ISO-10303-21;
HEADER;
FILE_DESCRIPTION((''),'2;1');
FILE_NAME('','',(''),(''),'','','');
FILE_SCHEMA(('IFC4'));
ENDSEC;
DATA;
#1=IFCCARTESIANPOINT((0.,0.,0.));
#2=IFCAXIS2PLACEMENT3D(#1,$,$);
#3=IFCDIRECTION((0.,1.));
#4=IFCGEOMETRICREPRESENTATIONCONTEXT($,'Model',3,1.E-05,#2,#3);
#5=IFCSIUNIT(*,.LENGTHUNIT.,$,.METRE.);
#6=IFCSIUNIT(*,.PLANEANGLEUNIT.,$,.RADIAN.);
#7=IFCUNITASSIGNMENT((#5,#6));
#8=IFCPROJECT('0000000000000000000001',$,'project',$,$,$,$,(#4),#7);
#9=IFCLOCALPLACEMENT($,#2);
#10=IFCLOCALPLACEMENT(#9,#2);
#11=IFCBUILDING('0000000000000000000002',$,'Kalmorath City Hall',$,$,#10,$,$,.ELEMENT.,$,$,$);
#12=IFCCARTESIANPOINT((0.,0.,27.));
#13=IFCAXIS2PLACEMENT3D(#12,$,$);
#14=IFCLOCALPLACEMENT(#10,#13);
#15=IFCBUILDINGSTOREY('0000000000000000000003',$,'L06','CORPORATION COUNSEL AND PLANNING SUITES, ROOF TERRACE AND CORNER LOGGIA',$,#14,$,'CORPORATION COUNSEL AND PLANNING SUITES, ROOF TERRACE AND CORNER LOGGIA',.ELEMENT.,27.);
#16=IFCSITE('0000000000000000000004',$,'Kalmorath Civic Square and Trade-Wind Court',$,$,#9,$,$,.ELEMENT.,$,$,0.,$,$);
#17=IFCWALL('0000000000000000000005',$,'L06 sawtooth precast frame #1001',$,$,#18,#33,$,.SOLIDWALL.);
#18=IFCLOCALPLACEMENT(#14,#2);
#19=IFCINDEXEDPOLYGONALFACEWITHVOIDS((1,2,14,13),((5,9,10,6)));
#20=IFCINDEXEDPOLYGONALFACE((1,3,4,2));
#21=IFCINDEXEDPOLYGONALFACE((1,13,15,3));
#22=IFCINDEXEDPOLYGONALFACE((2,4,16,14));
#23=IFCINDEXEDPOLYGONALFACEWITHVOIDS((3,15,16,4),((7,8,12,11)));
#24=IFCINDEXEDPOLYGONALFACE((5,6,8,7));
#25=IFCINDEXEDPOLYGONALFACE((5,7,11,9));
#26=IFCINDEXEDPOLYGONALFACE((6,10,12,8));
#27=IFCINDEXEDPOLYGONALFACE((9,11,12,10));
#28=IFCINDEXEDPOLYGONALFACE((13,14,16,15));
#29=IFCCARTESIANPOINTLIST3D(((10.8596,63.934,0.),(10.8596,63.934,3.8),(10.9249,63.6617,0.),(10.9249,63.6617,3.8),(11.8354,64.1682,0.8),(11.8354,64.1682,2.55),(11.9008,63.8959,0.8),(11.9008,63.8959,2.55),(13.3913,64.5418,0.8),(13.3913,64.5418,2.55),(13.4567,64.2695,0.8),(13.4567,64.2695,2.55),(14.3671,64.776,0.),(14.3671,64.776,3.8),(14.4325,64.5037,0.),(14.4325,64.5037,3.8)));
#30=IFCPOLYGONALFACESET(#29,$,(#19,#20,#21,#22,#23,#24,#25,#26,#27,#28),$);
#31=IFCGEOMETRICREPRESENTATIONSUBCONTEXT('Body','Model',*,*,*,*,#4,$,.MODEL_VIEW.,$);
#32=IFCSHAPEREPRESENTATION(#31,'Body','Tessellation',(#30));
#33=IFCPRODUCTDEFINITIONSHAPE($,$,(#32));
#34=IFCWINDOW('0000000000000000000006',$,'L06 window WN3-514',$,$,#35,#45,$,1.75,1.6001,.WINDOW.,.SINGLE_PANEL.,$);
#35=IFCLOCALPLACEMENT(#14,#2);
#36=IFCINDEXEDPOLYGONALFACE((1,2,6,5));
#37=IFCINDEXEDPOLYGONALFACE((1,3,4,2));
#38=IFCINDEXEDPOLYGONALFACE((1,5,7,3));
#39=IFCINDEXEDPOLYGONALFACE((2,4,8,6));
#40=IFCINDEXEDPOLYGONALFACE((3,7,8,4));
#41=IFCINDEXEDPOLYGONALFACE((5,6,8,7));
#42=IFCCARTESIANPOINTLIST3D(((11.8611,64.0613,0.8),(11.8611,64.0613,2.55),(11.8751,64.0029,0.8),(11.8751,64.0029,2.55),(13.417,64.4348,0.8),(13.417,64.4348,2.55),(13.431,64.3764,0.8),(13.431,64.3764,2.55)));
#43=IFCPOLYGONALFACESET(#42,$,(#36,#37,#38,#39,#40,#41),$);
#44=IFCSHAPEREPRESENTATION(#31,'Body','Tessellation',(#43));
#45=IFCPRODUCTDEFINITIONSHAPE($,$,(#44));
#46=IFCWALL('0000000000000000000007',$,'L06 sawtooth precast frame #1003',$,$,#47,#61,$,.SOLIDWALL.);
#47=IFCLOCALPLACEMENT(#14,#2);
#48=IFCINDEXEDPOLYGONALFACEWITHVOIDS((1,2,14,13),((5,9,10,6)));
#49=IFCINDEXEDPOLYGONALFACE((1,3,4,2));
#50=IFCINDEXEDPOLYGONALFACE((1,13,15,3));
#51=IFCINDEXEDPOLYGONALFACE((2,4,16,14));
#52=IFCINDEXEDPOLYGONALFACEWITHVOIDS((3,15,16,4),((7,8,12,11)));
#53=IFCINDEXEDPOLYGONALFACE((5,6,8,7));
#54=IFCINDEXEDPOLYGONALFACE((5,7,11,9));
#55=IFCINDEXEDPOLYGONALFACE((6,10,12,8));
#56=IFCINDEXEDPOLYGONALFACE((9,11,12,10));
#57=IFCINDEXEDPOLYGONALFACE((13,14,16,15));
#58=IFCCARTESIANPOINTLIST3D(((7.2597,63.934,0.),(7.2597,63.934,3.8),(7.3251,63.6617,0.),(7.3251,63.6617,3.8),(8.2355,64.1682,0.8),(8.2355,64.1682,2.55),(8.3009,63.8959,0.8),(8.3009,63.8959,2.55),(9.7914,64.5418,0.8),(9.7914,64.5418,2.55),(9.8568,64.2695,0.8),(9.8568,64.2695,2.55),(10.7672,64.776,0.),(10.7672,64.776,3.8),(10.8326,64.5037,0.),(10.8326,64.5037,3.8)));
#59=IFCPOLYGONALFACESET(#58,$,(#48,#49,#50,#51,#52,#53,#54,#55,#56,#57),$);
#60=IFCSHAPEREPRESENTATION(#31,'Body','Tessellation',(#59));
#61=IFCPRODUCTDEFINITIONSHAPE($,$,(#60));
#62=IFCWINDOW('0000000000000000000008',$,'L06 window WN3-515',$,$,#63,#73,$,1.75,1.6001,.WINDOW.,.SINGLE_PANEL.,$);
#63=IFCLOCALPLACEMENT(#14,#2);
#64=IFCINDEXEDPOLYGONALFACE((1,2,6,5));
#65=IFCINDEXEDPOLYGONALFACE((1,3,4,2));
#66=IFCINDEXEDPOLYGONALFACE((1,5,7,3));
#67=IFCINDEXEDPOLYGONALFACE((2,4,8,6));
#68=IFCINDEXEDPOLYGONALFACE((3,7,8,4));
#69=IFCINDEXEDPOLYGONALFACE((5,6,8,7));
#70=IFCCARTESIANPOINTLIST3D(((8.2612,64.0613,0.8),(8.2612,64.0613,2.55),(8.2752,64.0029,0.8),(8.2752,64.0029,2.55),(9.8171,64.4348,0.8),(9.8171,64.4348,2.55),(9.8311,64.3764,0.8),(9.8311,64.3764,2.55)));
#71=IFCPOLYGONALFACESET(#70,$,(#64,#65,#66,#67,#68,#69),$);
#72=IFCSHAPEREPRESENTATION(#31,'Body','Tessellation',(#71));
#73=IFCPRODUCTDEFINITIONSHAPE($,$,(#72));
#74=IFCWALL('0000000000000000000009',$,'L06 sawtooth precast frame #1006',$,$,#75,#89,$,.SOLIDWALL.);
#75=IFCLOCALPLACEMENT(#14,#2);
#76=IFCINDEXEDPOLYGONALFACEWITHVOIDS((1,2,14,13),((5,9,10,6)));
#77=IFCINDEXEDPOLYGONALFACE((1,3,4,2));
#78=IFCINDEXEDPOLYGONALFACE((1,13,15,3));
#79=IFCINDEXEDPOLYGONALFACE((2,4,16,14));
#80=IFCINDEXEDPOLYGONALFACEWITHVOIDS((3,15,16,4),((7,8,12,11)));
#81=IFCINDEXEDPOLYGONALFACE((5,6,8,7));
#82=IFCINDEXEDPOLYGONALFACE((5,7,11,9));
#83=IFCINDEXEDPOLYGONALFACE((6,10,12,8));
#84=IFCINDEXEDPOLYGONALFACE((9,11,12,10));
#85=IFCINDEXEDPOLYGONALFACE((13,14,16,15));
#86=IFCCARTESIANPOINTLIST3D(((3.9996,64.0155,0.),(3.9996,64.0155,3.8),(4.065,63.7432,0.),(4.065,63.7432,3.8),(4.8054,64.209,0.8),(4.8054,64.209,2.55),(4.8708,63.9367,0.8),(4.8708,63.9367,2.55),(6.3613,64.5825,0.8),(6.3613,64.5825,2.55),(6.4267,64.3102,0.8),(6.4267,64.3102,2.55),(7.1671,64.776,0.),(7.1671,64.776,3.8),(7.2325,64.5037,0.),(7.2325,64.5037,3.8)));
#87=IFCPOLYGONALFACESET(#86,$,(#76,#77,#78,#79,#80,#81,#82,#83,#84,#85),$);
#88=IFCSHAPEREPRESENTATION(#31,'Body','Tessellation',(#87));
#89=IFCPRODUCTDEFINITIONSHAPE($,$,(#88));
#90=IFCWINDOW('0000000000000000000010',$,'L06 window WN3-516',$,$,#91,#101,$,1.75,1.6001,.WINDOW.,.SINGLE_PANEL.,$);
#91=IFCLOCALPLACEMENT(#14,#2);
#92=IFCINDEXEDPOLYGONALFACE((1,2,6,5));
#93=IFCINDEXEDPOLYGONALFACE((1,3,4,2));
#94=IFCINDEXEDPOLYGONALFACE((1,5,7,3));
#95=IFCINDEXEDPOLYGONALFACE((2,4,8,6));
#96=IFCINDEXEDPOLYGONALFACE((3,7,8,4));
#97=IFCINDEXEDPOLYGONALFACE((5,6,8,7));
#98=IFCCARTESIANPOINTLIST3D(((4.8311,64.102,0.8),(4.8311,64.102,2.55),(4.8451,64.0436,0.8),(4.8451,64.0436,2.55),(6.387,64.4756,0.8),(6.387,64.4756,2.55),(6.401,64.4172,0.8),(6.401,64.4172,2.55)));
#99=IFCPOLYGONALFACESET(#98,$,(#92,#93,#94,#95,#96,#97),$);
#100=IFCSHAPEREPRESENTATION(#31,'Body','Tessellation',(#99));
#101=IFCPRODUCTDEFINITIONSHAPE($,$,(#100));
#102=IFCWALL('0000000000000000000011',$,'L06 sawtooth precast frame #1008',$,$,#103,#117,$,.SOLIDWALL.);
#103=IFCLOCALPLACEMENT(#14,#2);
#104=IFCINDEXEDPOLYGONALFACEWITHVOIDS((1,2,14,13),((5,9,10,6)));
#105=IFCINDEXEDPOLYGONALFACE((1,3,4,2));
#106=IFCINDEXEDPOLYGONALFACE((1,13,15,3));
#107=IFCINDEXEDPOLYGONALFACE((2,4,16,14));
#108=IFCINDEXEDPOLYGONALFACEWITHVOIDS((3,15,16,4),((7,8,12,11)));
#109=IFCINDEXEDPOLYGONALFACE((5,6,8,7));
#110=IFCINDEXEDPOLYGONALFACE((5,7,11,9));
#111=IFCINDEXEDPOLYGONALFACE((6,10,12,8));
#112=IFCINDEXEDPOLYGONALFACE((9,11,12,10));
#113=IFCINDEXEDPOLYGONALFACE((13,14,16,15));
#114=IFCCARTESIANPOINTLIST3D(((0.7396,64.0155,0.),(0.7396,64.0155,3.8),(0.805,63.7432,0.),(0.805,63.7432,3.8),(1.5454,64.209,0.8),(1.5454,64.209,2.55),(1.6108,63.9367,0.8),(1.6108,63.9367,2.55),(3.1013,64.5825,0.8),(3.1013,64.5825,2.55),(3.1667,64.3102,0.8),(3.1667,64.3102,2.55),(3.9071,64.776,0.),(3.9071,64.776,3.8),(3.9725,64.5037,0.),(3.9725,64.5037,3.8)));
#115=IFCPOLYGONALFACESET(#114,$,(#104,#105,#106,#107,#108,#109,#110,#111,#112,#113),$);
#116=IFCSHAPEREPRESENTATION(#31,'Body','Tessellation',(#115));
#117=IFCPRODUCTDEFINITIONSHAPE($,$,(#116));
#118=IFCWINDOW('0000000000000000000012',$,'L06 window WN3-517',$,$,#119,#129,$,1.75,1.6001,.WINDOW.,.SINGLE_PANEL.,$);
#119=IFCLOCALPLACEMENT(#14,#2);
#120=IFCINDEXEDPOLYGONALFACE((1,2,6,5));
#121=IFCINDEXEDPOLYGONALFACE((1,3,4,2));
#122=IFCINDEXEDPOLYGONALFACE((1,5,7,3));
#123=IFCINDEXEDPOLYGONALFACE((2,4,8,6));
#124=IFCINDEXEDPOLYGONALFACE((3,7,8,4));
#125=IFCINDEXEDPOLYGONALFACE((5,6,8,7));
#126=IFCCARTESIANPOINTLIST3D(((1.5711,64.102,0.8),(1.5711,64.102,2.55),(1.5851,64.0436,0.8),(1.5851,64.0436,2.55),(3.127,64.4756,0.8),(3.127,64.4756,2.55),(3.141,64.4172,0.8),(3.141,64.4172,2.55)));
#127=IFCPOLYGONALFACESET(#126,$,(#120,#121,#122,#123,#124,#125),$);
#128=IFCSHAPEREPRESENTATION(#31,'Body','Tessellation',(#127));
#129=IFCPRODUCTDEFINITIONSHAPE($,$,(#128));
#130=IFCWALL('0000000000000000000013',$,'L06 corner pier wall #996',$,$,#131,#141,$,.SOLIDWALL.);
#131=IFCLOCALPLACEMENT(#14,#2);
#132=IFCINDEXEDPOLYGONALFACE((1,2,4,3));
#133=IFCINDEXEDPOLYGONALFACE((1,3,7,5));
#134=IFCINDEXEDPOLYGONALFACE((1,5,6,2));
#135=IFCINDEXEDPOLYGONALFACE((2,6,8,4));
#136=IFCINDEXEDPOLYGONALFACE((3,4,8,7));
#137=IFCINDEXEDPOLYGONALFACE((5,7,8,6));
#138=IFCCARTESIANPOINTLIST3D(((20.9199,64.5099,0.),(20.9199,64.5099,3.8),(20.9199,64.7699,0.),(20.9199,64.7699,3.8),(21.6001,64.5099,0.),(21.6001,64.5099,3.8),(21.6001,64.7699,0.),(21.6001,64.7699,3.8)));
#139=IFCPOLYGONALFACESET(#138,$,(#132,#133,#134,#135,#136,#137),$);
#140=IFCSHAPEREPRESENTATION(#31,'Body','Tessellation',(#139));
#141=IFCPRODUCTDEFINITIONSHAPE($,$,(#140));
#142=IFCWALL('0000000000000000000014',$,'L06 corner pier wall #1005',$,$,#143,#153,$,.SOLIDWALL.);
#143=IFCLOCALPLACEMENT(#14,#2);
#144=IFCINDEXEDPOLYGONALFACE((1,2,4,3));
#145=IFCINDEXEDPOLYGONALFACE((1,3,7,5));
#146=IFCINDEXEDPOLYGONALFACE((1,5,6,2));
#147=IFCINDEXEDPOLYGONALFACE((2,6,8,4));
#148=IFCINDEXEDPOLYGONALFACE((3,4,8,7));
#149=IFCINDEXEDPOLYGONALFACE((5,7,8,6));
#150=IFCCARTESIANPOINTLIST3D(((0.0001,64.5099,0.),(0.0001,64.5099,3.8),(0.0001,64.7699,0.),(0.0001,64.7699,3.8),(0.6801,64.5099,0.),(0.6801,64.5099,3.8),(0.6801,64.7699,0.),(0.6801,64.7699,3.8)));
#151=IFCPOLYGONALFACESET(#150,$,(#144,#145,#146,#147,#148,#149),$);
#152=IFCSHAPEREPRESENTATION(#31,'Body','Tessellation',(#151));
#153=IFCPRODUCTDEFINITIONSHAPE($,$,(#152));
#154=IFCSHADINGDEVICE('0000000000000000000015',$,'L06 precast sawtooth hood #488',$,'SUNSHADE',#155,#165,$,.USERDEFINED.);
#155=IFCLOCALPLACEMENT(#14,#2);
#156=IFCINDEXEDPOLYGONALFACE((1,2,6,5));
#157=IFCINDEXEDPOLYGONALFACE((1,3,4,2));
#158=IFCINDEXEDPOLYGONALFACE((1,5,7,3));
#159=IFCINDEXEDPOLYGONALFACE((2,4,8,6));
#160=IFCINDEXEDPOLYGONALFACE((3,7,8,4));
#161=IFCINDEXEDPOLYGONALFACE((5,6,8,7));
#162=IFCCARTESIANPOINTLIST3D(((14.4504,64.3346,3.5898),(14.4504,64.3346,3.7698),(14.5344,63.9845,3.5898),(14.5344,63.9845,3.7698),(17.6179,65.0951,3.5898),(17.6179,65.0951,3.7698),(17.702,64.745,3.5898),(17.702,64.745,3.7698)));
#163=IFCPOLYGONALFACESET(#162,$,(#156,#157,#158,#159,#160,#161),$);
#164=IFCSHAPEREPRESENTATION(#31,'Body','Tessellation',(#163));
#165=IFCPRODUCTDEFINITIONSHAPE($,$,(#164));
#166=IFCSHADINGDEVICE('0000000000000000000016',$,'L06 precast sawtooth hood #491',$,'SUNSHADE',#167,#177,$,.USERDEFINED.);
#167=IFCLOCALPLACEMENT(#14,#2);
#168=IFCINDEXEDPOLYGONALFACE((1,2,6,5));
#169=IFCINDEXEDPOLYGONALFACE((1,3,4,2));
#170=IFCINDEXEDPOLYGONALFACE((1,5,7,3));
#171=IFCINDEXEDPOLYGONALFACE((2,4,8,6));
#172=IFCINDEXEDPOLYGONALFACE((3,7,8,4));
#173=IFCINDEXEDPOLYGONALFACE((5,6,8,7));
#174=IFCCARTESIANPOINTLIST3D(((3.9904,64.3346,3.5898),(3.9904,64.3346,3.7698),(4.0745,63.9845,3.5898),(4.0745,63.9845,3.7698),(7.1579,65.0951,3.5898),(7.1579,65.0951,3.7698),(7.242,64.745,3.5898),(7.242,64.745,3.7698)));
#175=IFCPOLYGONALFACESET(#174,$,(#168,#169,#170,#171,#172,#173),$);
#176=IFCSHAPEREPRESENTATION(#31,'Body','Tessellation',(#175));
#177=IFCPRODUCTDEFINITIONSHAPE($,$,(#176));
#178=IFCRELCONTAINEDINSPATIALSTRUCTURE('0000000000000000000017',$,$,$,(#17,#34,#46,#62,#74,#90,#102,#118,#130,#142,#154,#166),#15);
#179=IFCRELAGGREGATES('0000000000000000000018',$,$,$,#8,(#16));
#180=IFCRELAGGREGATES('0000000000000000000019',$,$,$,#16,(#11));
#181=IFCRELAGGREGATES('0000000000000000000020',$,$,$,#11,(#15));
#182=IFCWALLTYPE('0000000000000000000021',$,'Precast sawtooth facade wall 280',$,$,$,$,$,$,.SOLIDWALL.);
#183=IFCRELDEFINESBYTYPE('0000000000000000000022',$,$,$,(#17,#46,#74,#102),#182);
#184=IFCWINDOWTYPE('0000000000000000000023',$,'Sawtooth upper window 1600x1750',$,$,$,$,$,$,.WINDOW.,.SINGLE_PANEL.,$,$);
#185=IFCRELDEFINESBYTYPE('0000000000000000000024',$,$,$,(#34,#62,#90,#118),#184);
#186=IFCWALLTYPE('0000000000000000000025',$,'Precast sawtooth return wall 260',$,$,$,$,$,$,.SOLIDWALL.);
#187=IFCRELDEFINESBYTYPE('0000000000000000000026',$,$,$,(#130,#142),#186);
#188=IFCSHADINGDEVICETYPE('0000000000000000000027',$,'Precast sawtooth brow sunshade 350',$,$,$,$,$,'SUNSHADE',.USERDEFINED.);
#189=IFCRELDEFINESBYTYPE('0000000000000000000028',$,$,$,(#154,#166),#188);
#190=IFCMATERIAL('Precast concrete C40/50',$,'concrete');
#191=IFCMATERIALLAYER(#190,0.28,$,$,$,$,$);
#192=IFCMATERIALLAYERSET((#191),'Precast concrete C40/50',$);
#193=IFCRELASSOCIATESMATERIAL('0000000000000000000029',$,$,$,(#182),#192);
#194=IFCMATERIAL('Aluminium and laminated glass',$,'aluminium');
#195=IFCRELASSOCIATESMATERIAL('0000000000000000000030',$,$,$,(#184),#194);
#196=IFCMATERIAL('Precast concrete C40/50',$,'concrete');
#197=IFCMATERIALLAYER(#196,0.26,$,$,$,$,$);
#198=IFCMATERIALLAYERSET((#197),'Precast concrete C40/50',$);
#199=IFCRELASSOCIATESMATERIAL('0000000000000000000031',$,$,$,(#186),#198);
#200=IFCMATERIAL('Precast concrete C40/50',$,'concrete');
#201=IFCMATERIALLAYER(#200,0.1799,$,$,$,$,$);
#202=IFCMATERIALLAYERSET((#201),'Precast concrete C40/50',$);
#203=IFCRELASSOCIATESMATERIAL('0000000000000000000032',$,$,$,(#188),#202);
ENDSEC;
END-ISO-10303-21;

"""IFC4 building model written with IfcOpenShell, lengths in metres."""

from ifc_helpers import new_model, si_unit, direction, frame, frame_2d, origin, origin_2d, place, context, subcontext, project, spatial, rectangle, extrude, material, layer, layer_set, type_object, element, fill, save


model = new_model("IFC4")

# Units and contexts
model_context = context("Model", 3, precision=1e-05, world=origin(), true_north=direction((0.0, 1.0)))
body_context = subcontext(model_context, "Body", "Model", "MODEL_VIEW")
ifc_project = project(units=[si_unit("LENGTHUNIT", "METRE"), si_unit("PLANEANGLEUNIT", "RADIAN")], contexts=[model_context])

# Site, building, storey
site_placement = place(None, origin())
site = spatial("IfcSite", under=ifc_project, at=site_placement, Name="Kalmorath Civic Square and Trade-Wind Court", CompositionType="ELEMENT", RefElevation=0.0)
building_placement = place(site_placement, origin())
building = spatial("IfcBuilding", under=site, at=building_placement, Name="Kalmorath City Hall", CompositionType="ELEMENT")
storey_placement = place(building_placement, frame((0.0, 0.0, 27.0)))
storey = spatial("IfcBuildingStorey", under=building, at=storey_placement, Name="L06", Description="CORPORATION COUNSEL AND PLANNING SUITES, ROOF TERRACE AND CORNER LOGGIA", LongName="CORPORATION COUNSEL AND PLANNING SUITES, ROOF TERRACE AND CORNER LOGGIA", CompositionType="ELEMENT", Elevation=27.0)

# Walls, openings, windows
ifc_material_1 = material(Name="Precast concrete C40/50", Category="concrete")
ifc_layer_1 = layer(ifc_material_1, 0.28)
ifc_layer_set_1 = layer_set([ifc_layer_1], Name="Precast concrete C40/50")
wall_type_1 = type_object("IfcWallType", Name="Precast sawtooth facade wall 280", PredefinedType="SOLIDWALL", material=ifc_layer_set_1)
ifc_material_2 = material(Name="Aluminium and laminated glass", Category="aluminium")
window_type = type_object("IfcWindowType", Name="Sawtooth upper window 1600x1750", PartitioningType="SINGLE_PANEL", PredefinedType="WINDOW", material=ifc_material_2)
wall_1_placement = place(storey_placement, frame((14.3999, 64.6399, 0.0), z_axis=(0.0, 0.0, 1.0), x_axis=(-0.972373, -0.233432, 0.0)))
wall_1 = element("IfcWall", 1, at=wall_1_placement, inside=storey, type_object=wall_type_1, Name="L06 sawtooth precast frame #1001", PredefinedType="SOLIDWALL", context=body_context, shape_type="SweptSolid", body=[
    extrude(rectangle(XDim=3.6072, YDim=0.28, at=frame_2d((1.8037, 0.0))), origin(), (0.0, 0.0, 1.0), 3.8),
])
opening_1_placement = place(wall_1_placement, frame((1.0037, 0.0, 0.8)))
opening_1 = element("IfcOpeningElement", 2, at=opening_1_placement, cuts=wall_1, PredefinedType="OPENING", context=body_context, shape_type="SweptSolid", body=[
    extrude(rectangle(XDim=1.6001, YDim=1.75, at=frame_2d((0.8, 0.875))), frame((0.0, 0.1499, 0.0), z_axis=(0.0, -1.0, 0.0), x_axis=(1.0, 0.0, 0.0)), (0.0, 0.0, 1.0), 0.3),
])
window_1_placement = place(opening_1_placement, origin())
window_1 = element("IfcWindow", 3, at=window_1_placement, inside=storey, type_object=window_type, Name="L06 window WN3-514", OverallHeight=1.75, OverallWidth=1.6001, PartitioningType="SINGLE_PANEL", PredefinedType="WINDOW", context=body_context, shape_type="SweptSolid", body=[
    extrude(rectangle(XDim=1.6001, YDim=1.75, at=frame_2d((0.8, 0.875))), frame((0.0, 0.03, 0.0), z_axis=(0.0, -1.0, 0.0), x_axis=(1.0, 0.0, 0.0)), (0.0, 0.0, 1.0), 0.0601),
])
fill(opening_1, window_1)
wall_2_placement = place(storey_placement, frame((10.8, 64.6399, 0.0), z_axis=(0.0, 0.0, 1.0), x_axis=(-0.972373, -0.233432, 0.0)))
wall_2 = element("IfcWall", 4, at=wall_2_placement, inside=storey, type_object=wall_type_1, Name="L06 sawtooth precast frame #1003", PredefinedType="SOLIDWALL", context=body_context, shape_type="SweptSolid", body=[
    extrude(rectangle(XDim=3.6072, YDim=0.28, at=frame_2d((1.8037, 0.0))), origin(), (0.0, 0.0, 1.0), 3.8),
])
opening_2_placement = place(wall_2_placement, frame((1.0037, 0.0, 0.8)))
opening_2 = element("IfcOpeningElement", 5, at=opening_2_placement, cuts=wall_2, PredefinedType="OPENING", context=body_context, shape_type="SweptSolid", body=[
    extrude(rectangle(XDim=1.6001, YDim=1.75, at=frame_2d((0.8, 0.875))), frame((0.0, 0.1499, 0.0), z_axis=(0.0, -1.0, 0.0), x_axis=(1.0, 0.0, 0.0)), (0.0, 0.0, 1.0), 0.3),
])
window_2_placement = place(opening_2_placement, origin())
window_2 = element("IfcWindow", 6, at=window_2_placement, inside=storey, type_object=window_type, Name="L06 window WN3-515", OverallHeight=1.75, OverallWidth=1.6001, PartitioningType="SINGLE_PANEL", PredefinedType="WINDOW", context=body_context, shape_type="SweptSolid", body=[
    extrude(rectangle(XDim=1.6001, YDim=1.75, at=frame_2d((0.8, 0.875))), frame((0.0, 0.03, 0.0), z_axis=(0.0, -1.0, 0.0), x_axis=(1.0, 0.0, 0.0)), (0.0, 0.0, 1.0), 0.0601),
])
fill(opening_2, window_2)
wall_3_placement = place(storey_placement, frame((7.2, 64.6399, 0.0), z_axis=(0.0, 0.0, 1.0), x_axis=(-0.972366, -0.233461, 0.0)))
wall_3 = element("IfcWall", 7, at=wall_3_placement, inside=storey, type_object=wall_type_1, Name="L06 sawtooth precast frame #1006", PredefinedType="SOLIDWALL", context=body_context, shape_type="SweptSolid", body=[
    extrude(rectangle(XDim=3.2576, YDim=0.28, at=frame_2d((1.6289, 0.0))), origin(), (0.0, 0.0, 1.0), 3.8),
])
opening_3_placement = place(wall_3_placement, frame((0.8289, 0.0, 0.8)))
opening_3 = element("IfcOpeningElement", 8, at=opening_3_placement, cuts=wall_3, PredefinedType="OPENING", context=body_context, shape_type="SweptSolid", body=[
    extrude(rectangle(XDim=1.6001, YDim=1.75, at=frame_2d((0.8, 0.875))), frame((0.0, 0.1499, 0.0), z_axis=(0.0, -1.0, 0.0), x_axis=(1.0, 0.0, 0.0)), (0.0, 0.0, 1.0), 0.3),
])
window_3_placement = place(opening_3_placement, origin())
window_3 = element("IfcWindow", 9, at=window_3_placement, inside=storey, type_object=window_type, Name="L06 window WN3-516", OverallHeight=1.75, OverallWidth=1.6001, PartitioningType="SINGLE_PANEL", PredefinedType="WINDOW", context=body_context, shape_type="SweptSolid", body=[
    extrude(rectangle(XDim=1.6001, YDim=1.75, at=frame_2d((0.8, 0.875))), frame((0.0, 0.03, 0.0), z_axis=(0.0, -1.0, 0.0), x_axis=(1.0, 0.0, 0.0)), (0.0, 0.0, 1.0), 0.0601),
])
fill(opening_3, window_3)
wall_4_placement = place(storey_placement, frame((3.9399, 64.6399, 0.0), z_axis=(0.0, 0.0, 1.0), x_axis=(-0.972366, -0.233461, 0.0)))
wall_4 = element("IfcWall", 10, at=wall_4_placement, inside=storey, type_object=wall_type_1, Name="L06 sawtooth precast frame #1008", PredefinedType="SOLIDWALL", context=body_context, shape_type="SweptSolid", body=[
    extrude(rectangle(XDim=3.2576, YDim=0.28, at=frame_2d((1.6289, 0.0))), origin(), (0.0, 0.0, 1.0), 3.8),
])
opening_4_placement = place(wall_4_placement, frame((0.8289, 0.0, 0.8)))
opening_4 = element("IfcOpeningElement", 11, at=opening_4_placement, cuts=wall_4, PredefinedType="OPENING", context=body_context, shape_type="SweptSolid", body=[
    extrude(rectangle(XDim=1.6001, YDim=1.75, at=frame_2d((0.8, 0.875))), frame((0.0, 0.1499, 0.0), z_axis=(0.0, -1.0, 0.0), x_axis=(1.0, 0.0, 0.0)), (0.0, 0.0, 1.0), 0.3),
])
window_4_placement = place(opening_4_placement, origin())
window_4 = element("IfcWindow", 12, at=window_4_placement, inside=storey, type_object=window_type, Name="L06 window WN3-517", OverallHeight=1.75, OverallWidth=1.6001, PartitioningType="SINGLE_PANEL", PredefinedType="WINDOW", context=body_context, shape_type="SweptSolid", body=[
    extrude(rectangle(XDim=1.6001, YDim=1.75, at=frame_2d((0.8, 0.875))), frame((0.0, 0.03, 0.0), z_axis=(0.0, -1.0, 0.0), x_axis=(1.0, 0.0, 0.0)), (0.0, 0.0, 1.0), 0.0601),
])
fill(opening_4, window_4)

# Walls
ifc_material_3 = material(Name="Precast concrete C40/50", Category="concrete")
ifc_layer_2 = layer(ifc_material_3, 0.26)
ifc_layer_set_2 = layer_set([ifc_layer_2], Name="Precast concrete C40/50")
wall_type_2 = type_object("IfcWallType", Name="Precast sawtooth return wall 260", PredefinedType="SOLIDWALL", material=ifc_layer_set_2)
wall_5_placement = place(storey_placement, frame((21.6001, 64.6399, 0.0), z_axis=(0.0, 0.0, 1.0), x_axis=(-1.0, 0.0, 0.0)))
element("IfcWall", 13, at=wall_5_placement, inside=storey, type_object=wall_type_2, Name="L06 corner pier wall #996", PredefinedType="SOLIDWALL", context=body_context, shape_type="SweptSolid", body=[
    extrude(rectangle(XDim=0.6802, YDim=0.26, at=frame_2d((0.3401, 0.0))), origin(), (0.0, 0.0, 1.0), 3.8),
])
for number, where, z_axis, x_axis, name in (
    (14, (0.6799, 64.6399, 0.0), (0.0, 0.0, 1.0), (-1.0, 0.0, 0.0), "L06 corner pier wall #1005"),
):
    element("IfcWall", number, at=place(storey_placement, frame(where, z_axis=z_axis, x_axis=x_axis)), inside=storey, type_object=wall_type_2, Name=name, PredefinedType="SOLIDWALL", context=body_context, shape_type="SweptSolid", body=[
        extrude(rectangle(XDim=0.6799, YDim=0.26, at=frame_2d((0.3398, 0.0))), origin(), (0.0, 0.0, 1.0), 3.8),
    ])

# Shading devices
ifc_material_4 = material(Name="Precast concrete C40/50", Category="concrete")
ifc_layer_3 = layer(ifc_material_4, 0.1799)
ifc_layer_set_3 = layer_set([ifc_layer_3], Name="Precast concrete C40/50")
shading_device_type = type_object("IfcShadingDeviceType", Name="Precast sawtooth brow sunshade 350", ElementType="SUNSHADE", PredefinedType="USERDEFINED", material=ifc_layer_set_3)
for number, where, z_axis, x_axis, name in (
    (15, (16.0762, 64.5398, 3.5898), (0.0, 0.0, 1.0), (-0.972366, -0.233462, 0.0), "L06 precast sawtooth hood #488"),
    (16, (5.6162, 64.5398, 3.5898), (0.0, 0.0, 1.0), (-0.972366, -0.233462, 0.0), "L06 precast sawtooth hood #491"),
):
    element("IfcShadingDevice", number, at=place(storey_placement, frame(where, z_axis=z_axis, x_axis=x_axis)), inside=storey, type_object=shading_device_type, Name=name, ObjectType="SUNSHADE", PredefinedType="USERDEFINED", context=body_context, shape_type="SweptSolid", body=[
        extrude(rectangle(XDim=3.2576, YDim=0.3601, at=origin_2d()), origin(), (0.0, 0.0, 1.0), 0.1799),
    ])

save(model, "model.ifc")
